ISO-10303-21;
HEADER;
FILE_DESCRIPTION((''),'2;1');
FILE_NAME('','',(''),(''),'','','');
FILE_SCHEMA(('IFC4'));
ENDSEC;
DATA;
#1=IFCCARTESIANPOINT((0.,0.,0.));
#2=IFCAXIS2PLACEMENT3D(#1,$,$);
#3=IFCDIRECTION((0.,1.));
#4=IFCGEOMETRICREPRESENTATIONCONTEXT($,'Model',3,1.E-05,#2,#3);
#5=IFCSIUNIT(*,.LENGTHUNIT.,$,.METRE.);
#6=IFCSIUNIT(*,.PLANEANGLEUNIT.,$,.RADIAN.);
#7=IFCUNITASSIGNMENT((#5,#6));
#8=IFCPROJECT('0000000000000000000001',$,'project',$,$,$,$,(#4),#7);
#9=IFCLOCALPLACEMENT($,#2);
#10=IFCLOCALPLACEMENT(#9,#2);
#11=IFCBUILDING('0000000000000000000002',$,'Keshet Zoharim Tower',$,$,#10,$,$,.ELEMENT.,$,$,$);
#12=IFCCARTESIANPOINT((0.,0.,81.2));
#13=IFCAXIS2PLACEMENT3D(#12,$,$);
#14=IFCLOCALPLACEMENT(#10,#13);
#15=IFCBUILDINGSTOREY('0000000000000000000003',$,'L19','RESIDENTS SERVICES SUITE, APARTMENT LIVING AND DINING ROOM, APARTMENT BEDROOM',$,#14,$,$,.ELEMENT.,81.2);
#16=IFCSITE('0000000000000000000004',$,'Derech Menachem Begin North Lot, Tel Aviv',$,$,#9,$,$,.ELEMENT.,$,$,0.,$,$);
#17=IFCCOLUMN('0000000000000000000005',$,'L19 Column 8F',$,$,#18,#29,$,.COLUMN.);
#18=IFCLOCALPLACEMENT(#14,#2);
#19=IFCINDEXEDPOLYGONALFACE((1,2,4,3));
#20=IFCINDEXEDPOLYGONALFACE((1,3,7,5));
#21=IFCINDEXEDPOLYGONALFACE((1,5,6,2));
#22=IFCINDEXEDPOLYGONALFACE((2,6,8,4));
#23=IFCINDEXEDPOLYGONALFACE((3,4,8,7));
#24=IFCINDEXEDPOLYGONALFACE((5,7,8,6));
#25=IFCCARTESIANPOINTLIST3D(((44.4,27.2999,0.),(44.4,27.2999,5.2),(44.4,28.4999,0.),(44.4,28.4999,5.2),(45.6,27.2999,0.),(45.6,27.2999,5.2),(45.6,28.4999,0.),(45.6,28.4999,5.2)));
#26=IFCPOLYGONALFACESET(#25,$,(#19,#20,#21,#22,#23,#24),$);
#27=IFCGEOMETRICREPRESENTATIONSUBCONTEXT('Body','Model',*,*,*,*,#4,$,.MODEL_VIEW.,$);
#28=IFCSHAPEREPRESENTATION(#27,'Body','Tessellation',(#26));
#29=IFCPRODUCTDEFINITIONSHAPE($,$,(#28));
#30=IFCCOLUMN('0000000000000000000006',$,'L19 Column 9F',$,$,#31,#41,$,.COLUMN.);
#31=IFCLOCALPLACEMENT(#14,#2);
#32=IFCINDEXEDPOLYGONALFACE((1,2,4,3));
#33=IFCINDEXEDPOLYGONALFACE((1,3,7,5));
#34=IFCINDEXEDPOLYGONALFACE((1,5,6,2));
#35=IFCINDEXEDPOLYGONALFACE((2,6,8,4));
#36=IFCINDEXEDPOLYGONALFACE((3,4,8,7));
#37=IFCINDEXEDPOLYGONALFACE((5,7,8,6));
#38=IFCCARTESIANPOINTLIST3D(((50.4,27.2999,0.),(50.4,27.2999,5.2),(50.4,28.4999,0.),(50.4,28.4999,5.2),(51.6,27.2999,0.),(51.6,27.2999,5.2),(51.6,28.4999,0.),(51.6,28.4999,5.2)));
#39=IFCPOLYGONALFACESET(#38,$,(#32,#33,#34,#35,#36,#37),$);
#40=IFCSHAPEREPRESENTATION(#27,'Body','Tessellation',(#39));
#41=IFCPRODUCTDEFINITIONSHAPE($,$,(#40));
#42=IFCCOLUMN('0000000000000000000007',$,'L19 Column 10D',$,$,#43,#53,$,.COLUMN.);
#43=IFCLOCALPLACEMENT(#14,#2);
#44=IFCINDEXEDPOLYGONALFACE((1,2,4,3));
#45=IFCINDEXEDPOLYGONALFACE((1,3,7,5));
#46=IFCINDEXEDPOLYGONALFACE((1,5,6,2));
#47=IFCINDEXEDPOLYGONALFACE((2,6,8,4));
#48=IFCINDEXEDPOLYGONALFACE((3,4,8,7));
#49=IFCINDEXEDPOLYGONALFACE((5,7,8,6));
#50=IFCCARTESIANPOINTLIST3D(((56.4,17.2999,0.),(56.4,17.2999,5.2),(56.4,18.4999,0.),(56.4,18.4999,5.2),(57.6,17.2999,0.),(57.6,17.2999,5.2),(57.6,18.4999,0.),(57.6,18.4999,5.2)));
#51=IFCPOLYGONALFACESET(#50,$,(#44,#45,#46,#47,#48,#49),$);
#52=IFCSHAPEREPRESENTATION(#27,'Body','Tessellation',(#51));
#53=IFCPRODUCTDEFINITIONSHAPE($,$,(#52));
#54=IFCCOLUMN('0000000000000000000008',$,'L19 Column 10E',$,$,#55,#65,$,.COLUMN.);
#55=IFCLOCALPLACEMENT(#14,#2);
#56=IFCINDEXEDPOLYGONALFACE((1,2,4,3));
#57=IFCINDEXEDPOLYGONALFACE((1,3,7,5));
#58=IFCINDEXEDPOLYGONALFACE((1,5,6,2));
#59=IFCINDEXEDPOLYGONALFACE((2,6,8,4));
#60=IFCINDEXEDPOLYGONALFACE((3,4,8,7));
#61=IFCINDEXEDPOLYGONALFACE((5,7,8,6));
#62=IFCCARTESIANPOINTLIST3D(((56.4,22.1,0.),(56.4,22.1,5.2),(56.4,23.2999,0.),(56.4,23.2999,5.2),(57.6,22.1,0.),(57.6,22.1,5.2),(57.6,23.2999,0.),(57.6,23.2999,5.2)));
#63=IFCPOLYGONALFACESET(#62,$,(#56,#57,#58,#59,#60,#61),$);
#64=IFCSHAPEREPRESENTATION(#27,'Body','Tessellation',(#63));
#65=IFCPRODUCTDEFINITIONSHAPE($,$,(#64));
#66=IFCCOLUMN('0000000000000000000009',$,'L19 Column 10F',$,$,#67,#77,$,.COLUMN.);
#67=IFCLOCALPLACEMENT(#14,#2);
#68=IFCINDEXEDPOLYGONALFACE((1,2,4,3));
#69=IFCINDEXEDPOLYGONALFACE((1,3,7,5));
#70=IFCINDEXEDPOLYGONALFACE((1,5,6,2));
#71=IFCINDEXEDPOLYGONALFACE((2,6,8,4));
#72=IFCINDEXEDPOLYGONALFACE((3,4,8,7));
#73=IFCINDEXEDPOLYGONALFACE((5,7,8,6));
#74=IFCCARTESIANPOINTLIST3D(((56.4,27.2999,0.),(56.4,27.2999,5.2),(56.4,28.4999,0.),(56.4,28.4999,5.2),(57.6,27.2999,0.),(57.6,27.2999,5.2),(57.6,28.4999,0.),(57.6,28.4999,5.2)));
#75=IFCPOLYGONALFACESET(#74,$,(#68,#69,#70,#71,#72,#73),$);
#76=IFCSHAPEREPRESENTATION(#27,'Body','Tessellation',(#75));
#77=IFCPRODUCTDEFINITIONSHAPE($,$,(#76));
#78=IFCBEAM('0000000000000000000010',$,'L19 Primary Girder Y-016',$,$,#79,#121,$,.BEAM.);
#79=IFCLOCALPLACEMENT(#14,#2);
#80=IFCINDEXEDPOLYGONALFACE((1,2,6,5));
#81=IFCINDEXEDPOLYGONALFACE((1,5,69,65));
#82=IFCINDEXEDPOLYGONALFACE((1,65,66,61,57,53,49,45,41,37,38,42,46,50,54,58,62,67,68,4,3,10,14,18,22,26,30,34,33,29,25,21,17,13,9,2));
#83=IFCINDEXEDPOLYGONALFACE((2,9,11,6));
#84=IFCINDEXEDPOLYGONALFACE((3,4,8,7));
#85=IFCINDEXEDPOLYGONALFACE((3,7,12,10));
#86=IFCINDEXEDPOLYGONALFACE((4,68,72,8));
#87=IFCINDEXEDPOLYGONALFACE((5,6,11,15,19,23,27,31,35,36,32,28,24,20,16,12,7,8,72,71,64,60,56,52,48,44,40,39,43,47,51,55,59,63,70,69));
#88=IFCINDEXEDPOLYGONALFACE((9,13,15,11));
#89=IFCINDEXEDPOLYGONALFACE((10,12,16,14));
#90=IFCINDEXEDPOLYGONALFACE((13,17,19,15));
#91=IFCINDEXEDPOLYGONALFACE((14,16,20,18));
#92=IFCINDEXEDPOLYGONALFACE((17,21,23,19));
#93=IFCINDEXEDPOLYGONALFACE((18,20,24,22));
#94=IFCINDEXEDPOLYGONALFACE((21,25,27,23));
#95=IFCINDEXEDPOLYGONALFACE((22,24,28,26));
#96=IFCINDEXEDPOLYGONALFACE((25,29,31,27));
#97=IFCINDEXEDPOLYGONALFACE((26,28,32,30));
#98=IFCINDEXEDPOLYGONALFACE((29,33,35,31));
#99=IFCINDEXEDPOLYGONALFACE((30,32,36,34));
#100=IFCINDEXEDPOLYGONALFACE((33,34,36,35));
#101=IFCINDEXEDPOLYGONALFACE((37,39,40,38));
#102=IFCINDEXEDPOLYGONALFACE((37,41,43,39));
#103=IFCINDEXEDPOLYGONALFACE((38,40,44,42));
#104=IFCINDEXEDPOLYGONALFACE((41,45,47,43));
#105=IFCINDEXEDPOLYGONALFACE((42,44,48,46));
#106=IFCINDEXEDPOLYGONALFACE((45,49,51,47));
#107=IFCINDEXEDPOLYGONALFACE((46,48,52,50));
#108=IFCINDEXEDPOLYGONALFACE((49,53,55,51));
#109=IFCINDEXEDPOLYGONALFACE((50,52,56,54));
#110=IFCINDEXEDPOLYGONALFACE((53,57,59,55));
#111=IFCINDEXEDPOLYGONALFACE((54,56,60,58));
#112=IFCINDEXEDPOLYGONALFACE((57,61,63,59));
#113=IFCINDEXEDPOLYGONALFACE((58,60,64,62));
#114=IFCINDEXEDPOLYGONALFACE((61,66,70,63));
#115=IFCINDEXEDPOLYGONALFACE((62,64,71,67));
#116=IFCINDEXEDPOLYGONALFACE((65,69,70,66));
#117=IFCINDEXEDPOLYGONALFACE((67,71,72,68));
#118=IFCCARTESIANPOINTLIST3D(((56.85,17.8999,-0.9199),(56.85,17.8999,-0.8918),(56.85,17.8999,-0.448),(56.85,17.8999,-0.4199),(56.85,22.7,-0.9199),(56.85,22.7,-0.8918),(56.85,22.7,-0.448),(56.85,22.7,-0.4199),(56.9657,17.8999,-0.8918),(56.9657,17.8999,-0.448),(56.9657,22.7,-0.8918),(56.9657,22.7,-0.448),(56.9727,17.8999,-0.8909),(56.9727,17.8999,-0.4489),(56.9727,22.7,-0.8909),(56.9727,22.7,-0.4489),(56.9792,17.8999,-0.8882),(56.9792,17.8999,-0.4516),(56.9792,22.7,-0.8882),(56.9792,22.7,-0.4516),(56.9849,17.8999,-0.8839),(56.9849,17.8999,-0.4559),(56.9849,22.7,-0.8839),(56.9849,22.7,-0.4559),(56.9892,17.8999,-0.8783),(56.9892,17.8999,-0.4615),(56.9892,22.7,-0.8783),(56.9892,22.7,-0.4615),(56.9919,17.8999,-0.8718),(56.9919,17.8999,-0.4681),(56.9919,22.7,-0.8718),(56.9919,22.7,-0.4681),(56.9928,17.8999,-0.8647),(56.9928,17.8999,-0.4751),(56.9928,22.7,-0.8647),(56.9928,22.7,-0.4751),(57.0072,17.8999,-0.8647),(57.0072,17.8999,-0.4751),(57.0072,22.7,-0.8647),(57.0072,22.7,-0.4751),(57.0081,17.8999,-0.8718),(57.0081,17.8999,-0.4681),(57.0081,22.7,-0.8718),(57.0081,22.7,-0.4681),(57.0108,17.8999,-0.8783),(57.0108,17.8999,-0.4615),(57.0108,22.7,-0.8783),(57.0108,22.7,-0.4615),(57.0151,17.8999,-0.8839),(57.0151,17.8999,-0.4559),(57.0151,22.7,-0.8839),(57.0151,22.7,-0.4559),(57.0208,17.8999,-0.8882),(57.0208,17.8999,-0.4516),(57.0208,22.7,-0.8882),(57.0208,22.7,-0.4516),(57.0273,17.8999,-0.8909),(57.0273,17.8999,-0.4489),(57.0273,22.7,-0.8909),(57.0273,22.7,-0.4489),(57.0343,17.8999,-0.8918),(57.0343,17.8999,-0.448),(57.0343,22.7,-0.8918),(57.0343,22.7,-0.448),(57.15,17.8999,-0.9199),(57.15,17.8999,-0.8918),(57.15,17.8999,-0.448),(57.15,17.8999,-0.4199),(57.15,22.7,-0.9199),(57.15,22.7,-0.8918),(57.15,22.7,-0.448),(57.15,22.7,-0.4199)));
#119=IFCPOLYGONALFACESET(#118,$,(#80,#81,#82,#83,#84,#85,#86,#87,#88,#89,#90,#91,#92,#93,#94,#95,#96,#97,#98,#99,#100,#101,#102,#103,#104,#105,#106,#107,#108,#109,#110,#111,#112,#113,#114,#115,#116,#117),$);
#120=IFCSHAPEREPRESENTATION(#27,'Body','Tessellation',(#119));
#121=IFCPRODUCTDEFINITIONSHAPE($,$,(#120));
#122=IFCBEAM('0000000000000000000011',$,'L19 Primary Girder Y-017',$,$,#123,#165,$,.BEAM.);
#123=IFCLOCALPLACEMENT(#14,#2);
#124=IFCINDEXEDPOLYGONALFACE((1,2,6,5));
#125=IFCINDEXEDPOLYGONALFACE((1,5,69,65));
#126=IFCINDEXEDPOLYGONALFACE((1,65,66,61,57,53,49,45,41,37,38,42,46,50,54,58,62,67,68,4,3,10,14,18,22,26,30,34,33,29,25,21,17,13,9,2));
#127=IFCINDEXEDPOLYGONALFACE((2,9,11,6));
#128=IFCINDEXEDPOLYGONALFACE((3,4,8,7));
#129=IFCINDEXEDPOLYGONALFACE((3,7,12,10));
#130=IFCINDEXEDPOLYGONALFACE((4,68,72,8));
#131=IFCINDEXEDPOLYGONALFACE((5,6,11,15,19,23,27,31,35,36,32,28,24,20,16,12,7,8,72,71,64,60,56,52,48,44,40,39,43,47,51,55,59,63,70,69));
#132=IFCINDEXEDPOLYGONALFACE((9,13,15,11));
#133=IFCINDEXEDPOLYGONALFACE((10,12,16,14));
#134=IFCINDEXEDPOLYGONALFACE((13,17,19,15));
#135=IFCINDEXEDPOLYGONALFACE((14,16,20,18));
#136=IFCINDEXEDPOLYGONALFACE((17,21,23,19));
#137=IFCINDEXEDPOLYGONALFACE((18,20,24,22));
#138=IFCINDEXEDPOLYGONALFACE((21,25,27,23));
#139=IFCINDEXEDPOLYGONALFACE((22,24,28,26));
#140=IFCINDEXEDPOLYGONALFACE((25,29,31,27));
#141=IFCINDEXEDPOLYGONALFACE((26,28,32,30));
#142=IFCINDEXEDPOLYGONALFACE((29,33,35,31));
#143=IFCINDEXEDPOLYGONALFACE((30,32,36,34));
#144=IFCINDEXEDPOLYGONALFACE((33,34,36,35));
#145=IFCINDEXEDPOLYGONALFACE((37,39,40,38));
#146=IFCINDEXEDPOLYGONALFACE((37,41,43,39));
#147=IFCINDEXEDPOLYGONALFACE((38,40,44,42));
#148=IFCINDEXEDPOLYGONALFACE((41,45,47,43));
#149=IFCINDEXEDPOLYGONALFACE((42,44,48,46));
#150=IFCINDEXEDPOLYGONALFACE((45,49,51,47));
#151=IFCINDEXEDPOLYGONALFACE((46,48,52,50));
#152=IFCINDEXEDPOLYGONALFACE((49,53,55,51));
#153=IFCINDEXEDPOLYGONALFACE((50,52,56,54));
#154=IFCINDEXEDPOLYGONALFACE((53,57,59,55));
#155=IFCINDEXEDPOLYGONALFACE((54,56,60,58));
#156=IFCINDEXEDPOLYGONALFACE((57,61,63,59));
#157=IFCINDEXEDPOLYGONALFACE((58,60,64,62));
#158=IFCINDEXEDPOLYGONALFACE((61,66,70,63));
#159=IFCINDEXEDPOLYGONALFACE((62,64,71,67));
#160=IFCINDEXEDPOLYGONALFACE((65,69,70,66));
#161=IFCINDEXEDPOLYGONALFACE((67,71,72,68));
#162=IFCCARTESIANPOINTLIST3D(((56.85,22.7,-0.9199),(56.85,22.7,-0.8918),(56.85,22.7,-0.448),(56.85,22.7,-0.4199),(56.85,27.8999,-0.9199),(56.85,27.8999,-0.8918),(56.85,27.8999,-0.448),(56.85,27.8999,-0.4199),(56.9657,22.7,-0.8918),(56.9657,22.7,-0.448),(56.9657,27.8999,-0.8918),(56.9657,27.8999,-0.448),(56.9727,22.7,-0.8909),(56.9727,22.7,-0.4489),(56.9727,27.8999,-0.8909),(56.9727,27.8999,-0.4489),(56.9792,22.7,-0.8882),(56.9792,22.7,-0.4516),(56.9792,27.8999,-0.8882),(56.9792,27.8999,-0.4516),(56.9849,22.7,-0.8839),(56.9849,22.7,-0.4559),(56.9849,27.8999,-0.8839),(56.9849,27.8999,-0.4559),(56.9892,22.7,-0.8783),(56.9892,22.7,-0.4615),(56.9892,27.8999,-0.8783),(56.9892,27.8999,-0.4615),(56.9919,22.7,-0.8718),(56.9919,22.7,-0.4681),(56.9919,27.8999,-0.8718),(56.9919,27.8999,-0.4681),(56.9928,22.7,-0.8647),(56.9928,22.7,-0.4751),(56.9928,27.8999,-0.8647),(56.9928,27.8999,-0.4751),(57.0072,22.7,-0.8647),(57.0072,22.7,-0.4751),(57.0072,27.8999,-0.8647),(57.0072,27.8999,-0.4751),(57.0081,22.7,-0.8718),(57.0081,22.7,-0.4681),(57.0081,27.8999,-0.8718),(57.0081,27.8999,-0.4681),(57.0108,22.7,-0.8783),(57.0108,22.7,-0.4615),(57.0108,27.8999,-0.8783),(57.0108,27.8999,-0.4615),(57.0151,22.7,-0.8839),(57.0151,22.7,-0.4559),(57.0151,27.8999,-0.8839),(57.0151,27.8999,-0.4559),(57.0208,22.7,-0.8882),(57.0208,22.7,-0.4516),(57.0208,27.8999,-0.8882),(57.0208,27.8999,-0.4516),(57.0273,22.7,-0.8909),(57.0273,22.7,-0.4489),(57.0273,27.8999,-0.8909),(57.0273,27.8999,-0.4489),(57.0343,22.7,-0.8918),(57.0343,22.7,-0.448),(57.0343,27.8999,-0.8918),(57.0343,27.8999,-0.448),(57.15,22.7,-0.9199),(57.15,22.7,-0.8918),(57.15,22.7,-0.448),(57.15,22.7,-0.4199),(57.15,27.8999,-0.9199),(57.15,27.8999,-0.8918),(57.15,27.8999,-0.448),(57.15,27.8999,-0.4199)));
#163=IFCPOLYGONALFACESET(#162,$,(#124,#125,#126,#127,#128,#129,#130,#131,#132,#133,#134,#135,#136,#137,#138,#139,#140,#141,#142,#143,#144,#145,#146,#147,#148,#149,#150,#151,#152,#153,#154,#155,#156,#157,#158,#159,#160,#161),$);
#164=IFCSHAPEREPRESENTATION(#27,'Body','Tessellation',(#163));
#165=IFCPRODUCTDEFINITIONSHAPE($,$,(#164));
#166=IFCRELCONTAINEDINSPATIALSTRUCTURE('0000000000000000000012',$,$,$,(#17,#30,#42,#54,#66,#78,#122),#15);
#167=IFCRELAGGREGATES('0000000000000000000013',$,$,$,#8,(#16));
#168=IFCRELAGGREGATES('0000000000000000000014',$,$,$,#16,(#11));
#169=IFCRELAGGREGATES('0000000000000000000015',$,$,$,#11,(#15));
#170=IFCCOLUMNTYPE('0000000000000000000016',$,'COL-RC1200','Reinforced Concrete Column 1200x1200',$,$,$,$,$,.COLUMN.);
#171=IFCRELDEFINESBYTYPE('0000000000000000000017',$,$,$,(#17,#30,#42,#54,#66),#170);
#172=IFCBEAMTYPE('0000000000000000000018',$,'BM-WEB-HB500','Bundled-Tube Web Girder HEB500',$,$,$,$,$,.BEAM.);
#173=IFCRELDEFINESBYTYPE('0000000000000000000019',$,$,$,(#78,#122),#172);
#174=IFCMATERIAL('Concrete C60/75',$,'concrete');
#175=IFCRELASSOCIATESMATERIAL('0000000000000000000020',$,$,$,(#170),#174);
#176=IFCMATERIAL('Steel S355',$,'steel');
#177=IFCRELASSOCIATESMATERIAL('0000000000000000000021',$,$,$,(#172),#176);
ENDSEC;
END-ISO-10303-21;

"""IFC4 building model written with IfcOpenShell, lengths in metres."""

from ifc_helpers import new_model, si_unit, direction, frame, origin, origin_2d, place, context, subcontext, project, spatial, rectangle, i_section, extrude, material, material_profile, profile_set, type_object, element, save


model = new_model("IFC4")

# Units and contexts
model_context = context("Model", 3, precision=1e-05, world=origin(), true_north=direction((0.0, 1.0)))
body_context = subcontext(model_context, "Body", "Model", "MODEL_VIEW")
ifc_project = project(units=[si_unit("LENGTHUNIT", "METRE"), si_unit("PLANEANGLEUNIT", "RADIAN")], contexts=[model_context])

# Site, building, storey
site_placement = place(None, origin())
site = spatial("IfcSite", under=ifc_project, at=site_placement, Name="Derech Menachem Begin North Lot, Tel Aviv", CompositionType="ELEMENT", RefElevation=0.0)
building_placement = place(site_placement, origin())
building = spatial("IfcBuilding", under=site, at=building_placement, Name="Keshet Zoharim Tower", CompositionType="ELEMENT")
storey_placement = place(building_placement, frame((0.0, 0.0, 81.2)))
storey = spatial("IfcBuildingStorey", under=building, at=storey_placement, Name="L19", Description="RESIDENTS SERVICES SUITE, APARTMENT LIVING AND DINING ROOM, APARTMENT BEDROOM", CompositionType="ELEMENT", Elevation=81.2)

# Columns
ifc_material_1 = material(Name="Concrete C60/75", Category="concrete")
ifc_material_profile_1 = material_profile(ifc_material_1, rectangle(XDim=1.2, YDim=1.2, at=origin_2d()), Name="RC1200x1200")
ifc_profile_set_1 = profile_set([ifc_material_profile_1], Name="Concrete C60/75")
column_type = type_object("IfcColumnType", Name="COL-RC1200", Description="Reinforced Concrete Column 1200x1200", PredefinedType="COLUMN", material=ifc_profile_set_1)
for number, where, z_axis, x_axis, name in (
    (1, (45.0, 27.8999, 0.0), (0.0, 0.0, 1.0), (1.0, 0.0, 0.0), "L19 Column 8F"),
    (2, (51.0, 27.8999, 0.0), (0.0, 0.0, 1.0), (1.0, 0.0, 0.0), "L19 Column 9F"),
    (3, (57.0, 17.8999, 0.0), (0.0, 0.0, 1.0), (1.0, 0.0, 0.0), "L19 Column 10D"),
    (4, (57.0, 22.7, 0.0), (0.0, 0.0, 1.0), (1.0, 0.0, 0.0), "L19 Column 10E"),
    (5, (57.0, 27.8999, 0.0), (0.0, 0.0, 1.0), (1.0, 0.0, 0.0), "L19 Column 10F"),
):
    element("IfcColumn", number, at=place(storey_placement, frame(where, z_axis=z_axis, x_axis=x_axis)), inside=storey, type_object=column_type, Name=name, PredefinedType="COLUMN", context=body_context, shape_type="SweptSolid", body=[
        extrude(rectangle(XDim=1.2, YDim=1.2, at=origin_2d()), origin(), (0.0, 0.0, 1.0), 5.2),
    ])

# Beams
ifc_material_2 = material(Name="Steel S355", Category="steel")
ifc_material_profile_2 = material_profile(ifc_material_2, i_section(OverallWidth=0.3, OverallDepth=0.5, WebThickness=0.0144, FlangeThickness=0.0281, FilletRadius=0.0271, at=origin_2d()), Name="HEB500")
ifc_profile_set_2 = profile_set([ifc_material_profile_2], Name="Steel S355")
beam_type_1 = type_object("IfcBeamType", Name="BM-WEB-HB500", Description="Bundled-Tube Web Girder HEB500", PredefinedType="BEAM", material=ifc_profile_set_2)
beam_1_placement = place(storey_placement, frame((57.0, 17.8999, -0.6699), z_axis=(0.0, 1.0, 0.0), x_axis=(-1.0, 0.0, 0.0)))
element("IfcBeam", 6, at=beam_1_placement, inside=storey, type_object=beam_type_1, Name="L19 Primary Girder Y-016", PredefinedType="BEAM", context=body_context, shape_type="SweptSolid", body=[
    extrude(i_section(OverallWidth=0.3, OverallDepth=0.5, WebThickness=0.0144, FlangeThickness=0.0281, FilletRadius=0.0271, at=origin_2d()), origin(), (0.0, 0.0, 1.0), 4.8),
])
beam_2_placement = place(storey_placement, frame((57.0, 22.7, -0.6699), z_axis=(0.0, 1.0, 0.0), x_axis=(-1.0, 0.0, 0.0)))
element("IfcBeam", 7, at=beam_2_placement, inside=storey, type_object=beam_type_1, Name="L19 Primary Girder Y-017", PredefinedType="BEAM", context=body_context, shape_type="SweptSolid", body=[
    extrude(i_section(OverallWidth=0.3, OverallDepth=0.5, WebThickness=0.0144, FlangeThickness=0.0281, FilletRadius=0.0271, at=origin_2d()), origin(), (0.0, 0.0, 1.0), 5.2),
])

save(model, "model.ifc")
